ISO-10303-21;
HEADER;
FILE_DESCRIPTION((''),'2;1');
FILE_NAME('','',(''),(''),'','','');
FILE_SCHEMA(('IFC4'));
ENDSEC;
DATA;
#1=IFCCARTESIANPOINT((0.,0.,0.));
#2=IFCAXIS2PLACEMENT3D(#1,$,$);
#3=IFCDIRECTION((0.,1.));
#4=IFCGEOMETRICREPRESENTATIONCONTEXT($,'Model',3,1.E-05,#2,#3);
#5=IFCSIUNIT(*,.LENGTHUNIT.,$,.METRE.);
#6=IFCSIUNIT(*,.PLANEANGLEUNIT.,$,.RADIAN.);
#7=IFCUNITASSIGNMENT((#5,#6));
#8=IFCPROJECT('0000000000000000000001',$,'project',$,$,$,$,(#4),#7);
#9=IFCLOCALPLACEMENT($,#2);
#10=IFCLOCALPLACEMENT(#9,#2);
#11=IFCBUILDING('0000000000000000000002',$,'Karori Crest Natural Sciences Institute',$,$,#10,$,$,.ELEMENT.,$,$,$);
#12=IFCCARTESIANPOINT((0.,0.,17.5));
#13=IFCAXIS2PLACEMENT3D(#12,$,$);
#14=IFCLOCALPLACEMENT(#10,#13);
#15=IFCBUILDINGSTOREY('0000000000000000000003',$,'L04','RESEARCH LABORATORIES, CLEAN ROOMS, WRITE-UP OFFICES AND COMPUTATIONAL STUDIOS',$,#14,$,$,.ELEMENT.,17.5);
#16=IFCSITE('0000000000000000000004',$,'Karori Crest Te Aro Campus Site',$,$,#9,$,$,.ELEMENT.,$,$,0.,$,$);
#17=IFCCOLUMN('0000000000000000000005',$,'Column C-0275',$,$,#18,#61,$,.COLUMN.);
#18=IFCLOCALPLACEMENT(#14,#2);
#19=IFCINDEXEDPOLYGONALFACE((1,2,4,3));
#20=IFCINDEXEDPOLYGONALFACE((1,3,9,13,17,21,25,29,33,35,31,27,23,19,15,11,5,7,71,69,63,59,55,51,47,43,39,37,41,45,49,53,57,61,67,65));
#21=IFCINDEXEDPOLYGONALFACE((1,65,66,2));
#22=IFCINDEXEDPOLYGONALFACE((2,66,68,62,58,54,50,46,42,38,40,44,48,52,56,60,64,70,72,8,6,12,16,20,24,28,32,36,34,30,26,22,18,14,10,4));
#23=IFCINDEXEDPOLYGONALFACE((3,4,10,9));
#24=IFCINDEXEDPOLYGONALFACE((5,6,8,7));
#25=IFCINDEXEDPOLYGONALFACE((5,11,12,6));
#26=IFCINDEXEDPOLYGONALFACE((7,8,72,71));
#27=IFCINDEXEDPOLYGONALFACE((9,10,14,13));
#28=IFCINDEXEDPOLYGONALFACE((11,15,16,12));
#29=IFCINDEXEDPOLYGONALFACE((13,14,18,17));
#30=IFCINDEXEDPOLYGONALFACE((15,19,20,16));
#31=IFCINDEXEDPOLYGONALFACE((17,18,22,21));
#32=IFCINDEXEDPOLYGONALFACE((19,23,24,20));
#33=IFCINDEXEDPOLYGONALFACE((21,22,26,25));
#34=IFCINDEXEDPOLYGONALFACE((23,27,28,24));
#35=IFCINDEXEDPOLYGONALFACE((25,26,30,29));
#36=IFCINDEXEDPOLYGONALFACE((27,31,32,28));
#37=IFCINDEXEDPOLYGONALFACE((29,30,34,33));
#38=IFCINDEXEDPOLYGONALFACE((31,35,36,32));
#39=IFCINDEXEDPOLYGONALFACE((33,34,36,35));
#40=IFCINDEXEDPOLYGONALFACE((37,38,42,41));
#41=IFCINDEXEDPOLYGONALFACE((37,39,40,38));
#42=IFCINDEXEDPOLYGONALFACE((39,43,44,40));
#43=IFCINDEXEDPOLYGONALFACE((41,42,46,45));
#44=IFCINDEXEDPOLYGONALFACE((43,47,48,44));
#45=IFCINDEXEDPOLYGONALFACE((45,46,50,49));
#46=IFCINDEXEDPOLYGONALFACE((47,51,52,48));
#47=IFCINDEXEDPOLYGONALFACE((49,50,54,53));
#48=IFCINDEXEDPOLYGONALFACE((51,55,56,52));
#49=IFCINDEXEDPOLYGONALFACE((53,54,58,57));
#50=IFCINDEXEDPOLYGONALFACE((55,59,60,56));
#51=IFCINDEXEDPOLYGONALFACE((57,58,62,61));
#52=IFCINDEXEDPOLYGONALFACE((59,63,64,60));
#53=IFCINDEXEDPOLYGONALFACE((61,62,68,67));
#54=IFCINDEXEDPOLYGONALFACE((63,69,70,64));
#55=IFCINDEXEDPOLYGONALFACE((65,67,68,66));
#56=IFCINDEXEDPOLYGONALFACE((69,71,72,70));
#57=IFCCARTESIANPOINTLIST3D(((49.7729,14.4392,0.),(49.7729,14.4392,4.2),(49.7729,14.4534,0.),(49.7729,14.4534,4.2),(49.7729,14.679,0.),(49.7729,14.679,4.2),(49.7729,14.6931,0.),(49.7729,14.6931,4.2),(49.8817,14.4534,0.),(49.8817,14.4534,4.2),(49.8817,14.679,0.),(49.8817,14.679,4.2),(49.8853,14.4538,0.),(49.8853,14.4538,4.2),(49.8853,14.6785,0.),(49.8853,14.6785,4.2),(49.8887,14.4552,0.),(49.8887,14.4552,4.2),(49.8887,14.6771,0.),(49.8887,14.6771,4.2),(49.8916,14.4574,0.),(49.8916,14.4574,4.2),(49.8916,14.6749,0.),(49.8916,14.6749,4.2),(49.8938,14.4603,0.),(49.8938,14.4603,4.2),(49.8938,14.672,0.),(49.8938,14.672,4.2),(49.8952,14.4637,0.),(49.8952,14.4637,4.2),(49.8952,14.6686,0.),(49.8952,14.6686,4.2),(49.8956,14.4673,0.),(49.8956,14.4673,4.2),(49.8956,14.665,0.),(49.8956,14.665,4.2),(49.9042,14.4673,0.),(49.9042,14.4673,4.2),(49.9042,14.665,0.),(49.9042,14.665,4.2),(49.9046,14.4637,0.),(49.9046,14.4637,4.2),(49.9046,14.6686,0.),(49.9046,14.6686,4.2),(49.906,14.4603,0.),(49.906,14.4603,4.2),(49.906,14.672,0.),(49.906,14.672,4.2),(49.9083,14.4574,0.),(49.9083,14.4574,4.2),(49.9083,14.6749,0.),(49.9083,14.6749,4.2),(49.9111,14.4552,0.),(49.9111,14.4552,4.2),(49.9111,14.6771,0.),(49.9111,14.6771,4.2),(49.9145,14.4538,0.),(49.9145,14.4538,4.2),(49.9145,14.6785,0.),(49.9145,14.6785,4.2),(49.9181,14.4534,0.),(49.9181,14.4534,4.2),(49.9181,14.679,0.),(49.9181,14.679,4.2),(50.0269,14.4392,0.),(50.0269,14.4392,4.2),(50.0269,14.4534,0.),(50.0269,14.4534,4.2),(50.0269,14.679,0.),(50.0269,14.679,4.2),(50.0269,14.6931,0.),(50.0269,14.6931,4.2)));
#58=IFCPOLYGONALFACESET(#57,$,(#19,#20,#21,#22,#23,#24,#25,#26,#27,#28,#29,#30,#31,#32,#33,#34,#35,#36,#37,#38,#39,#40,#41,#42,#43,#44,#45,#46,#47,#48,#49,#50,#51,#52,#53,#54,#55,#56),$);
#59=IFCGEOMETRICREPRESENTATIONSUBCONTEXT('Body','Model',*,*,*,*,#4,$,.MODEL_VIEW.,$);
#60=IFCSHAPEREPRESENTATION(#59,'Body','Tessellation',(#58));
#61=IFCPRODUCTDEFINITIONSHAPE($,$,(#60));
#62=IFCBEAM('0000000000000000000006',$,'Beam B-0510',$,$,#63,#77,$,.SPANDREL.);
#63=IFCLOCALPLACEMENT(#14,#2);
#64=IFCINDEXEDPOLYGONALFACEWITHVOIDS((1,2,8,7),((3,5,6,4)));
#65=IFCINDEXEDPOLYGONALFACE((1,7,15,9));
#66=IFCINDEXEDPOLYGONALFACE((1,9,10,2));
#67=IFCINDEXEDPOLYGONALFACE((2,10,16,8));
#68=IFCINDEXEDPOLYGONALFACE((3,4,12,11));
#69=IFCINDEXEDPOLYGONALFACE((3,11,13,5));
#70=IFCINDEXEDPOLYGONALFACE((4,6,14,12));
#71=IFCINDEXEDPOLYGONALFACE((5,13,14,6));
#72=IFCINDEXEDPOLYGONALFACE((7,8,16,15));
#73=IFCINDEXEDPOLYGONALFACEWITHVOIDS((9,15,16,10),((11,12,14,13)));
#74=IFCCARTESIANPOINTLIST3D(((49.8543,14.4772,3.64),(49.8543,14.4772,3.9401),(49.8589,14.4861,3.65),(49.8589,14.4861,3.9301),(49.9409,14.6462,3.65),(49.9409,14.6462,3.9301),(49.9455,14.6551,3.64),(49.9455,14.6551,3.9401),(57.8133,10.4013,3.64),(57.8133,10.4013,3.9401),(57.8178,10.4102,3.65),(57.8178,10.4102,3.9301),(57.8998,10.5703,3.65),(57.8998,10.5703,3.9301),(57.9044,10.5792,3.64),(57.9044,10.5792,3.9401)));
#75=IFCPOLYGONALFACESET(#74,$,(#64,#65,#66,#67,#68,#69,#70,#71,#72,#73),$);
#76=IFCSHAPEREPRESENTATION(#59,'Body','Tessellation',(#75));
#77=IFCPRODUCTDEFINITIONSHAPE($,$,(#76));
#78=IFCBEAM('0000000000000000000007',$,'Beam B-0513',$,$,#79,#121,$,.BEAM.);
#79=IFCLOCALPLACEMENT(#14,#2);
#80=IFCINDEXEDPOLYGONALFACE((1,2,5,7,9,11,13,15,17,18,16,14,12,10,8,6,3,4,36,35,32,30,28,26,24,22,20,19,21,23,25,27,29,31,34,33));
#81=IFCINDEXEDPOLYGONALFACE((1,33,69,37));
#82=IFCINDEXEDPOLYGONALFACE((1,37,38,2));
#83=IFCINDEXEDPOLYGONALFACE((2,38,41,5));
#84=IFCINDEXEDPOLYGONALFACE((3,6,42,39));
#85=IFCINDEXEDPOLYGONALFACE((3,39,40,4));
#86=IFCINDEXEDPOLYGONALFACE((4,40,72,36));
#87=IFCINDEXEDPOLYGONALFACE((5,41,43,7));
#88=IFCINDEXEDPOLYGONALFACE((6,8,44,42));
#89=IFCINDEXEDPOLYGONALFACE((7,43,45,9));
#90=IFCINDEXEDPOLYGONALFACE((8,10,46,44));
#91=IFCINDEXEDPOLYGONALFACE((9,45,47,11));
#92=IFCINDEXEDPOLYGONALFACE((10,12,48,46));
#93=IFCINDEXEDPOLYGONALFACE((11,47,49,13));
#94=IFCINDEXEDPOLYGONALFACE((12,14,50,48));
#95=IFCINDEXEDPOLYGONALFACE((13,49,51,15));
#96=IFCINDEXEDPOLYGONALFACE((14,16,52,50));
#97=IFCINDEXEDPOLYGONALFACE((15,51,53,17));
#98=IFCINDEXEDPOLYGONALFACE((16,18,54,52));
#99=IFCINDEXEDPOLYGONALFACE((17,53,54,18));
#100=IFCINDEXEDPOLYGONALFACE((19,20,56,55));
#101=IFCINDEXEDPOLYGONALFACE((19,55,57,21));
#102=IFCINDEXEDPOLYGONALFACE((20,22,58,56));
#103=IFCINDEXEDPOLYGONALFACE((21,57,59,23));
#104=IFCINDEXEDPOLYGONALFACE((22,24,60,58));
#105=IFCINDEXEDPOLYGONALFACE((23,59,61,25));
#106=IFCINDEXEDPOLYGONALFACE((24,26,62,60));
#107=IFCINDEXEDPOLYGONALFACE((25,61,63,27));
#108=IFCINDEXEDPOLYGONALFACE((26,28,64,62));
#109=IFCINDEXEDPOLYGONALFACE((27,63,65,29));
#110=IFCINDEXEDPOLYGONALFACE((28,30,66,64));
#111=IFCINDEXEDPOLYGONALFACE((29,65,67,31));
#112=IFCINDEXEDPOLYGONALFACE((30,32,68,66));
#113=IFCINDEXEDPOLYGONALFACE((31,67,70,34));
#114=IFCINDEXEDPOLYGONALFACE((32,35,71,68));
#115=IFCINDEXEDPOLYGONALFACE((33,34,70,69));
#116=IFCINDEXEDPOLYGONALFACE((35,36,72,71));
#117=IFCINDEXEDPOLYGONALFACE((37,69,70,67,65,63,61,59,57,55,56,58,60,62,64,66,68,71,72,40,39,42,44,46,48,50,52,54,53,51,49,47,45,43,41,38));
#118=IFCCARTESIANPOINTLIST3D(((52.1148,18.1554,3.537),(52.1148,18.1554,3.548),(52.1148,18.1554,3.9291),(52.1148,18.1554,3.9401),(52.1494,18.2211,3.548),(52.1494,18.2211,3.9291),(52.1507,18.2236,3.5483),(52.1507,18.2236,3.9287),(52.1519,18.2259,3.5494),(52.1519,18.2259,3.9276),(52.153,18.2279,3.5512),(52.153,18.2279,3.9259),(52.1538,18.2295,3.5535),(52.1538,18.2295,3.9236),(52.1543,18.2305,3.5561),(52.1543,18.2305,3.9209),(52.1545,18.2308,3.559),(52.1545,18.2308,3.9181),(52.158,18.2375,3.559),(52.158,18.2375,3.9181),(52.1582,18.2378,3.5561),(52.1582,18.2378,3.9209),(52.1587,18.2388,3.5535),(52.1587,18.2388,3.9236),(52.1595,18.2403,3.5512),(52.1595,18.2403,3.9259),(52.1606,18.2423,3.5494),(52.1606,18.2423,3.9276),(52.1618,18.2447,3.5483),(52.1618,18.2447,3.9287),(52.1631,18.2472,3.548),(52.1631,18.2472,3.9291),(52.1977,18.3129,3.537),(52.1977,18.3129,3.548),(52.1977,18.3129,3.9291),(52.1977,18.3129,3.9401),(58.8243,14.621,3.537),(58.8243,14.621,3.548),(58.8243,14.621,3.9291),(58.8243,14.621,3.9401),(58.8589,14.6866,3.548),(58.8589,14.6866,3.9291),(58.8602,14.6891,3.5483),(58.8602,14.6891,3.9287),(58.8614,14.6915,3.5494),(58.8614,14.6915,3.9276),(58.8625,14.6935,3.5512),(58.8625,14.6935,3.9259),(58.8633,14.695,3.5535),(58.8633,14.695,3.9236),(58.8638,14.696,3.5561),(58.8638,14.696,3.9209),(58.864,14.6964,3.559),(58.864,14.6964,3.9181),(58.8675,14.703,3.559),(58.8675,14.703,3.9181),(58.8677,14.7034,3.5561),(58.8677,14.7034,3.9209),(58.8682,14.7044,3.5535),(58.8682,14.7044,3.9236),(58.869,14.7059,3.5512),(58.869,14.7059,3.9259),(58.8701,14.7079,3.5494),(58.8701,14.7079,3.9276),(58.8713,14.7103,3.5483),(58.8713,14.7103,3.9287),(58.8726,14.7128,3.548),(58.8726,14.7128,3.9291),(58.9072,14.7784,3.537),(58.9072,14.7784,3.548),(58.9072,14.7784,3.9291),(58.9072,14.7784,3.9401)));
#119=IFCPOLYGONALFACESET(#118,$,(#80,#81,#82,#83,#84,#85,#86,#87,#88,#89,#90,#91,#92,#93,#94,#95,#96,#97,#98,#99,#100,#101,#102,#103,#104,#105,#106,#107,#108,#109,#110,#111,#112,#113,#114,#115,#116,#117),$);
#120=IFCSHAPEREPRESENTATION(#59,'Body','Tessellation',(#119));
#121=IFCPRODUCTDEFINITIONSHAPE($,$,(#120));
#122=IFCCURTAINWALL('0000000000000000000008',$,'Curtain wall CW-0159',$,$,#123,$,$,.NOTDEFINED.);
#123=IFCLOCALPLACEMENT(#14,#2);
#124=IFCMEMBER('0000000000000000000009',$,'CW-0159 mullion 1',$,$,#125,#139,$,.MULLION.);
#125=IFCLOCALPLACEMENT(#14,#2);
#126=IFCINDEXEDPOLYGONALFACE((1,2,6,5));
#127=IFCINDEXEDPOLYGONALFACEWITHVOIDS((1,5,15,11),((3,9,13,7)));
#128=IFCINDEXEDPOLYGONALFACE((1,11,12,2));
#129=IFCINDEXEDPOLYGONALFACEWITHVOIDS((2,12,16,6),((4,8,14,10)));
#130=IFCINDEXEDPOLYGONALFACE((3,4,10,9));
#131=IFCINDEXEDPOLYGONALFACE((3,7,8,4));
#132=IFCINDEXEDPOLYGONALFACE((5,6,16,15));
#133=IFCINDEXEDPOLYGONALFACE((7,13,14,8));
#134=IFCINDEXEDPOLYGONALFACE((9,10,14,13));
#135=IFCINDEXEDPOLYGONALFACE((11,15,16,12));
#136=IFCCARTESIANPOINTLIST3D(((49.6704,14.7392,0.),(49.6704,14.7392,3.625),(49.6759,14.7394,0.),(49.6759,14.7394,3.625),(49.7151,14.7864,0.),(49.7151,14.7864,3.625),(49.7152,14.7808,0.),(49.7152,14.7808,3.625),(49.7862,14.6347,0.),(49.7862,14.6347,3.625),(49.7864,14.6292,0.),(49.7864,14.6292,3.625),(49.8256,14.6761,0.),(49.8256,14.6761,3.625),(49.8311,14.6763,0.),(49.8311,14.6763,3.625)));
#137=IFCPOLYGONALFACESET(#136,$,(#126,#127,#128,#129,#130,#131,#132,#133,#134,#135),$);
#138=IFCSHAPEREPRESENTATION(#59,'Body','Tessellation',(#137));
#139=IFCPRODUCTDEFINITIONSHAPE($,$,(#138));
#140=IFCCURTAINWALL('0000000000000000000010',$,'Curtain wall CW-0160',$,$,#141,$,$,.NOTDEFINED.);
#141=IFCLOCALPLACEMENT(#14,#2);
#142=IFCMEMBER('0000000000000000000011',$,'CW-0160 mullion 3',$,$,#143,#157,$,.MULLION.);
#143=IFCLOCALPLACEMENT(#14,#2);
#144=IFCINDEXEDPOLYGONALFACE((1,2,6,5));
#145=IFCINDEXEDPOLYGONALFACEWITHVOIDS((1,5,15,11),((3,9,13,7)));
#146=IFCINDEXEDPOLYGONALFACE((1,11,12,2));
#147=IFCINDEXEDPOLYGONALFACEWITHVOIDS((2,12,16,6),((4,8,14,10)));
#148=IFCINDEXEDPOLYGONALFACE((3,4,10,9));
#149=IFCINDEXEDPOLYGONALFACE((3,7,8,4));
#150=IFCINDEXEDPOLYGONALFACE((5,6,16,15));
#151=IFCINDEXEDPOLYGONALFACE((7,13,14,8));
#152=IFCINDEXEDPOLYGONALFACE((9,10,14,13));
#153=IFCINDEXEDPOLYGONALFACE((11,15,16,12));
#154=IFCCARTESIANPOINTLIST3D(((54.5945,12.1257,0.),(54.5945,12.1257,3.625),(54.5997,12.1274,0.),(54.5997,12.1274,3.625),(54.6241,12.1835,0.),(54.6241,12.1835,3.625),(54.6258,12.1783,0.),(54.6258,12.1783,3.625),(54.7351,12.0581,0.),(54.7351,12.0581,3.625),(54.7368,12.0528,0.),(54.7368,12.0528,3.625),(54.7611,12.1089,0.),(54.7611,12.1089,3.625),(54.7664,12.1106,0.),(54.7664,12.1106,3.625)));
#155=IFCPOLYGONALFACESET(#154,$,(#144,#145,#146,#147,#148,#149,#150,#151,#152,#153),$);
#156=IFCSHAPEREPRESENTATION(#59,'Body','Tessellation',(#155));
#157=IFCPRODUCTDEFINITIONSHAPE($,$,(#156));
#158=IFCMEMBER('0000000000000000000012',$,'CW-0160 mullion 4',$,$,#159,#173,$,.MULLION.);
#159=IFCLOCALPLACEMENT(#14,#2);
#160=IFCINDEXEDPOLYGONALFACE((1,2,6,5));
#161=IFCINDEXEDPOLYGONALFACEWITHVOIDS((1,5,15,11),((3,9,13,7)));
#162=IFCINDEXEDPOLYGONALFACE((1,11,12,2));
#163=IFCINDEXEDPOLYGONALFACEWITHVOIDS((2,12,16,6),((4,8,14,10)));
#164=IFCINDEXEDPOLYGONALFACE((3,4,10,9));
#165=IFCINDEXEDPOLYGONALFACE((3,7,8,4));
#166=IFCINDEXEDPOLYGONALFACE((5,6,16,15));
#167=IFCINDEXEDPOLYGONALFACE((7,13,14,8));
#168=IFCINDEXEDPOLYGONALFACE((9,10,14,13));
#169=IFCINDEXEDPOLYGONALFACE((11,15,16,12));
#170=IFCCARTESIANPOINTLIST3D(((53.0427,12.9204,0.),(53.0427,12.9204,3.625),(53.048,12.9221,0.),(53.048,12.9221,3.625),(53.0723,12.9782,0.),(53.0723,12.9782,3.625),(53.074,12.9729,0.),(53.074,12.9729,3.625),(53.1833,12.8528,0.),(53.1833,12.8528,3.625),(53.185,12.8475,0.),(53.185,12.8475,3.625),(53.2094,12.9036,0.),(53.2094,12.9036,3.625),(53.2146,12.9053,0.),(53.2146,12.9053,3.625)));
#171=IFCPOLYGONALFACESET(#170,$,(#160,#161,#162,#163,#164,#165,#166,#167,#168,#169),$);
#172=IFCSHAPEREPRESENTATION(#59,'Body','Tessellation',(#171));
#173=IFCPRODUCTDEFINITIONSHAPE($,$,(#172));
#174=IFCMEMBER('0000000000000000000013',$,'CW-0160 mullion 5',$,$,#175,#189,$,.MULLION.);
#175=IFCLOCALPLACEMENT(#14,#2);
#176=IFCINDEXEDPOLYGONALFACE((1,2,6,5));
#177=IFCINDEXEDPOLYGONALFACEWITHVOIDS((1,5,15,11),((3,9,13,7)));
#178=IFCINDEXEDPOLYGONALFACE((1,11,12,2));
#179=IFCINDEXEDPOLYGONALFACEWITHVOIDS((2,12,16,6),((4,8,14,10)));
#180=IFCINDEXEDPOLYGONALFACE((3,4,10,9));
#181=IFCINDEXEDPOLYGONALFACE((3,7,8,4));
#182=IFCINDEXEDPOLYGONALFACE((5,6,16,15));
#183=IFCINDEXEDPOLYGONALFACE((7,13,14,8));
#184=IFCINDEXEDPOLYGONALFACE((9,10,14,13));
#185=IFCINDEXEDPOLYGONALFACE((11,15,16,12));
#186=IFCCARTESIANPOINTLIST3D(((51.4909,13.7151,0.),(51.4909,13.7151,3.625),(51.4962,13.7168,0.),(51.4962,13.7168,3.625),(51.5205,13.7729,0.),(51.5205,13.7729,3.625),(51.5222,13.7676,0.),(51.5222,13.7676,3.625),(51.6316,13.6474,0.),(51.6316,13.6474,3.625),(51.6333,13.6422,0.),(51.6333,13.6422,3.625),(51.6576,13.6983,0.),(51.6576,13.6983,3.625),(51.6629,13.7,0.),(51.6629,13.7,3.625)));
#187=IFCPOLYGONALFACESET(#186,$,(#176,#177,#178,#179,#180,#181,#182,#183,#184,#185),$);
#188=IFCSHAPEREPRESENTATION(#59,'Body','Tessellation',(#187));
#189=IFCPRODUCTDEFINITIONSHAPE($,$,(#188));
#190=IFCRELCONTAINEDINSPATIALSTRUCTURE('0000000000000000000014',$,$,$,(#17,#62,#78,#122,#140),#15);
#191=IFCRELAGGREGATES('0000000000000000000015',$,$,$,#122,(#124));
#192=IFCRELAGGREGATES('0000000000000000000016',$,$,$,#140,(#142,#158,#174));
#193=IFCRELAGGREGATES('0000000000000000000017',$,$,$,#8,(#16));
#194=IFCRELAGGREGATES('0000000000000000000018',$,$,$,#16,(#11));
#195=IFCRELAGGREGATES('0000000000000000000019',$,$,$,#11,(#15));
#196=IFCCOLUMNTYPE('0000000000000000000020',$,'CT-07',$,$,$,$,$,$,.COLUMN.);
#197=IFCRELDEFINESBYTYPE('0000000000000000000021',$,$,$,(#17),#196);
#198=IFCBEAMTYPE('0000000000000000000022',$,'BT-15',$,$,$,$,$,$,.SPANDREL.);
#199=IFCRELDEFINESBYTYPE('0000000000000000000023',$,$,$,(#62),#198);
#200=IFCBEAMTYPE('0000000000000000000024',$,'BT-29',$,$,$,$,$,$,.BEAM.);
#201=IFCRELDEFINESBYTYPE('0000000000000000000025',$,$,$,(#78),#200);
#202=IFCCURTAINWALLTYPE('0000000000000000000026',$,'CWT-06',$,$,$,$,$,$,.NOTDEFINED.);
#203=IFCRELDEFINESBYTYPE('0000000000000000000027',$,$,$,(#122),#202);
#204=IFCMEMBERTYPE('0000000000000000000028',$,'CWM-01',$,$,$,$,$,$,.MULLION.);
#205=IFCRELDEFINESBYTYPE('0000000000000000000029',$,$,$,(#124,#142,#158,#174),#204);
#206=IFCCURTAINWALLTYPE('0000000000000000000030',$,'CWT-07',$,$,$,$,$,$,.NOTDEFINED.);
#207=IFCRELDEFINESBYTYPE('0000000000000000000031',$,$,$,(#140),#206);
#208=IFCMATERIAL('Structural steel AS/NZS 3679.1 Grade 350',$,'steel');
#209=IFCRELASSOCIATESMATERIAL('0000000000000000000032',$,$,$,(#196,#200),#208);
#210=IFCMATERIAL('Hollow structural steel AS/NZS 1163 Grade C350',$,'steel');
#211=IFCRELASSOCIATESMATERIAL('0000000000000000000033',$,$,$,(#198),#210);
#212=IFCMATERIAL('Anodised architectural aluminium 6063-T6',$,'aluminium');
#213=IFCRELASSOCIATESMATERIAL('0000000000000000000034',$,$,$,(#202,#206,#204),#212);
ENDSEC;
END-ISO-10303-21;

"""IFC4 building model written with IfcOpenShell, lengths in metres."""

from ifc_helpers import new_model, si_unit, direction, frame, origin, origin_2d, place, context, subcontext, project, spatial, hollow_rectangle, i_section, extrude, material, material_profile, profile_set, type_object, element, aggregate, save


model = new_model("IFC4")

# Units and contexts
model_context = context("Model", 3, precision=1e-05, world=origin(), true_north=direction((0.0, 1.0)))
body_context = subcontext(model_context, "Body", "Model", "MODEL_VIEW")
ifc_project = project(units=[si_unit("LENGTHUNIT", "METRE"), si_unit("PLANEANGLEUNIT", "RADIAN")], contexts=[model_context])

# Site, building, storey
site_placement = place(None, origin())
site = spatial("IfcSite", under=ifc_project, at=site_placement, Name="Karori Crest Te Aro Campus Site", CompositionType="ELEMENT", RefElevation=0.0)
building_placement = place(site_placement, origin())
building = spatial("IfcBuilding", under=site, at=building_placement, Name="Karori Crest Natural Sciences Institute", CompositionType="ELEMENT")
storey_placement = place(building_placement, frame((0.0, 0.0, 17.5)))
storey = spatial("IfcBuildingStorey", under=building, at=storey_placement, Name="L04", Description="RESEARCH LABORATORIES, CLEAN ROOMS, WRITE-UP OFFICES AND COMPUTATIONAL STUDIOS", CompositionType="ELEMENT", Elevation=17.5)

# Column
ifc_material_1 = material(Name="Structural steel AS/NZS 3679.1 Grade 350", Category="steel")
ifc_material_profile_1 = material_profile(ifc_material_1, i_section(OverallWidth=0.2539, OverallDepth=0.2539, WebThickness=0.0085, FlangeThickness=0.0142, FilletRadius=0.0139, at=origin_2d()), Name="250UC72.9")
ifc_profile_set_1 = profile_set([ifc_material_profile_1], Name="Structural steel AS/NZS 3679.1 Grade 350")
column_type = type_object("IfcColumnType", Name="CT-07", PredefinedType="COLUMN", material=ifc_profile_set_1)
column_placement = place(storey_placement, frame((49.8999, 14.5662, 0.0), z_axis=(0.0, 0.0, 1.0), x_axis=(1.0, 0.0, 0.0)))
element("IfcColumn", 1, at=column_placement, inside=storey, type_object=column_type, Name="Column C-0275", PredefinedType="COLUMN", context=body_context, shape_type="SweptSolid", body=[
    extrude(i_section(OverallWidth=0.2539, OverallDepth=0.2539, WebThickness=0.0085, FlangeThickness=0.0142, FilletRadius=0.0139, at=origin_2d()), origin(), (0.0, 0.0, 1.0), 4.2),
])

# Beams
ifc_material_2 = material(Name="Hollow structural steel AS/NZS 1163 Grade C350", Category="steel")
ifc_material_profile_2 = material_profile(ifc_material_2, hollow_rectangle(XDim=0.2, YDim=0.3, WallThickness=0.01, at=origin_2d()), Name="RHS300x200x10")
ifc_profile_set_2 = profile_set([ifc_material_profile_2], Name="Hollow structural steel AS/NZS 1163 Grade C350")
beam_type_1 = type_object("IfcBeamType", Name="BT-15", PredefinedType="SPANDREL", material=ifc_profile_set_2)
beam_1_placement = place(storey_placement, frame((49.8999, 14.5662, 3.79), z_axis=(0.890072, -0.45582, 0.0), x_axis=(0.45582, 0.890072, 0.0)))
element("IfcBeam", 2, at=beam_1_placement, inside=storey, type_object=beam_type_1, Name="Beam B-0510", PredefinedType="SPANDREL", context=body_context, shape_type="SweptSolid", body=[
    extrude(hollow_rectangle(XDim=0.2, YDim=0.3, WallThickness=0.01, at=origin_2d()), origin(), (0.0, 0.0, 1.0), 8.9419),
])
ifc_material_profile_3 = material_profile(ifc_material_1, i_section(OverallWidth=0.178, OverallDepth=0.4031, WebThickness=0.0076, FlangeThickness=0.011, FilletRadius=0.011, at=origin_2d()), Name="410UB53.7")
ifc_profile_set_3 = profile_set([ifc_material_profile_3], Name="Structural steel AS/NZS 3679.1 Grade 350")
beam_type_2 = type_object("IfcBeamType", Name="BT-29", PredefinedType="BEAM", material=ifc_profile_set_3)
beam_2_placement = place(storey_placement, frame((52.1562, 18.2341, 3.7385), z_axis=(0.884748, -0.466069, 0.0), x_axis=(0.466069, 0.884748, 0.0)))
element("IfcBeam", 3, at=beam_2_placement, inside=storey, type_object=beam_type_2, Name="Beam B-0513", PredefinedType="BEAM", context=body_context, shape_type="SweptSolid", body=[
    extrude(i_section(OverallWidth=0.178, OverallDepth=0.4031, WebThickness=0.0076, FlangeThickness=0.011, FilletRadius=0.011, at=origin_2d()), origin(), (0.0, 0.0, 1.0), 7.5835),
])

# Curtain wall, member
ifc_material_3 = material(Name="Anodised architectural aluminium 6063-T6", Category="aluminium")
curtain_wall_type_1 = type_object("IfcCurtainWallType", Name="CWT-06", PredefinedType="NOTDEFINED", material=ifc_material_3)
curtain_wall_1_placement = place(storey_placement, origin())
curtain_wall_1 = element("IfcCurtainWall", 4, at=curtain_wall_1_placement, inside=storey, type_object=curtain_wall_type_1, Name="Curtain wall CW-0159", PredefinedType="NOTDEFINED")
ifc_material_profile_4 = material_profile(ifc_material_3, hollow_rectangle(XDim=0.0649, YDim=0.1599, WallThickness=0.0039, at=origin_2d()), Name="CWM160x65x4")
ifc_profile_set_4 = profile_set([ifc_material_profile_4], Name="Anodised architectural aluminium 6063-T6")
member_type_1 = type_object("IfcMemberType", Name="CWM-01", PredefinedType="MULLION", material=ifc_profile_set_4)
member_1_placement = place(storey_placement, frame((49.7507, 14.7078, 0.0), z_axis=(0.0, 0.0, 1.0), x_axis=(-0.688252, -0.725471, 0.0)))
member_1 = element("IfcMember", 5, at=member_1_placement, type_object=member_type_1, Name="CW-0159 mullion 1", PredefinedType="MULLION", context=body_context, shape_type="SweptSolid", body=[
    extrude(hollow_rectangle(XDim=0.0649, YDim=0.1599, WallThickness=0.0039, at=origin_2d()), origin(), (0.0, 0.0, 1.0), 3.625),
])

# Curtain wall, members
curtain_wall_type_2 = type_object("IfcCurtainWallType", Name="CWT-07", PredefinedType="NOTDEFINED", material=ifc_material_3)
curtain_wall_2_placement = place(storey_placement, origin())
curtain_wall_2 = element("IfcCurtainWall", 6, at=curtain_wall_2_placement, inside=storey, type_object=curtain_wall_type_2, Name="Curtain wall CW-0160", PredefinedType="NOTDEFINED")
member_2_placement = place(storey_placement, frame((54.6804, 12.1182, 0.0), z_axis=(0.0, 0.0, 1.0), x_axis=(-0.455829, -0.890067, 0.0)))
member_2 = element("IfcMember", 7, at=member_2_placement, type_object=member_type_1, Name="CW-0160 mullion 3", PredefinedType="MULLION", context=body_context, shape_type="SweptSolid", body=[
    extrude(hollow_rectangle(XDim=0.0649, YDim=0.1599, WallThickness=0.0039, at=origin_2d()), origin(), (0.0, 0.0, 1.0), 3.625),
])
member_3_placement = place(storey_placement, frame((53.1287, 12.9128, 0.0), z_axis=(0.0, 0.0, 1.0), x_axis=(-0.455829, -0.890067, 0.0)))
member_3 = element("IfcMember", 8, at=member_3_placement, type_object=member_type_1, Name="CW-0160 mullion 4", PredefinedType="MULLION", context=body_context, shape_type="SweptSolid", body=[
    extrude(hollow_rectangle(XDim=0.0649, YDim=0.1599, WallThickness=0.0039, at=origin_2d()), origin(), (0.0, 0.0, 1.0), 3.625),
])
member_4_placement = place(storey_placement, frame((51.5769, 13.7075, 0.0), z_axis=(0.0, 0.0, 1.0), x_axis=(-0.455829, -0.890067, 0.0)))
member_4 = element("IfcMember", 9, at=member_4_placement, type_object=member_type_1, Name="CW-0160 mullion 5", PredefinedType="MULLION", context=body_context, shape_type="SweptSolid", body=[
    extrude(hollow_rectangle(XDim=0.0649, YDim=0.1599, WallThickness=0.0039, at=origin_2d()), origin(), (0.0, 0.0, 1.0), 3.625),
])

aggregate(curtain_wall_1, [member_1])

aggregate(curtain_wall_2, [member_2, member_3, member_4])

save(model, "model.ifc")
